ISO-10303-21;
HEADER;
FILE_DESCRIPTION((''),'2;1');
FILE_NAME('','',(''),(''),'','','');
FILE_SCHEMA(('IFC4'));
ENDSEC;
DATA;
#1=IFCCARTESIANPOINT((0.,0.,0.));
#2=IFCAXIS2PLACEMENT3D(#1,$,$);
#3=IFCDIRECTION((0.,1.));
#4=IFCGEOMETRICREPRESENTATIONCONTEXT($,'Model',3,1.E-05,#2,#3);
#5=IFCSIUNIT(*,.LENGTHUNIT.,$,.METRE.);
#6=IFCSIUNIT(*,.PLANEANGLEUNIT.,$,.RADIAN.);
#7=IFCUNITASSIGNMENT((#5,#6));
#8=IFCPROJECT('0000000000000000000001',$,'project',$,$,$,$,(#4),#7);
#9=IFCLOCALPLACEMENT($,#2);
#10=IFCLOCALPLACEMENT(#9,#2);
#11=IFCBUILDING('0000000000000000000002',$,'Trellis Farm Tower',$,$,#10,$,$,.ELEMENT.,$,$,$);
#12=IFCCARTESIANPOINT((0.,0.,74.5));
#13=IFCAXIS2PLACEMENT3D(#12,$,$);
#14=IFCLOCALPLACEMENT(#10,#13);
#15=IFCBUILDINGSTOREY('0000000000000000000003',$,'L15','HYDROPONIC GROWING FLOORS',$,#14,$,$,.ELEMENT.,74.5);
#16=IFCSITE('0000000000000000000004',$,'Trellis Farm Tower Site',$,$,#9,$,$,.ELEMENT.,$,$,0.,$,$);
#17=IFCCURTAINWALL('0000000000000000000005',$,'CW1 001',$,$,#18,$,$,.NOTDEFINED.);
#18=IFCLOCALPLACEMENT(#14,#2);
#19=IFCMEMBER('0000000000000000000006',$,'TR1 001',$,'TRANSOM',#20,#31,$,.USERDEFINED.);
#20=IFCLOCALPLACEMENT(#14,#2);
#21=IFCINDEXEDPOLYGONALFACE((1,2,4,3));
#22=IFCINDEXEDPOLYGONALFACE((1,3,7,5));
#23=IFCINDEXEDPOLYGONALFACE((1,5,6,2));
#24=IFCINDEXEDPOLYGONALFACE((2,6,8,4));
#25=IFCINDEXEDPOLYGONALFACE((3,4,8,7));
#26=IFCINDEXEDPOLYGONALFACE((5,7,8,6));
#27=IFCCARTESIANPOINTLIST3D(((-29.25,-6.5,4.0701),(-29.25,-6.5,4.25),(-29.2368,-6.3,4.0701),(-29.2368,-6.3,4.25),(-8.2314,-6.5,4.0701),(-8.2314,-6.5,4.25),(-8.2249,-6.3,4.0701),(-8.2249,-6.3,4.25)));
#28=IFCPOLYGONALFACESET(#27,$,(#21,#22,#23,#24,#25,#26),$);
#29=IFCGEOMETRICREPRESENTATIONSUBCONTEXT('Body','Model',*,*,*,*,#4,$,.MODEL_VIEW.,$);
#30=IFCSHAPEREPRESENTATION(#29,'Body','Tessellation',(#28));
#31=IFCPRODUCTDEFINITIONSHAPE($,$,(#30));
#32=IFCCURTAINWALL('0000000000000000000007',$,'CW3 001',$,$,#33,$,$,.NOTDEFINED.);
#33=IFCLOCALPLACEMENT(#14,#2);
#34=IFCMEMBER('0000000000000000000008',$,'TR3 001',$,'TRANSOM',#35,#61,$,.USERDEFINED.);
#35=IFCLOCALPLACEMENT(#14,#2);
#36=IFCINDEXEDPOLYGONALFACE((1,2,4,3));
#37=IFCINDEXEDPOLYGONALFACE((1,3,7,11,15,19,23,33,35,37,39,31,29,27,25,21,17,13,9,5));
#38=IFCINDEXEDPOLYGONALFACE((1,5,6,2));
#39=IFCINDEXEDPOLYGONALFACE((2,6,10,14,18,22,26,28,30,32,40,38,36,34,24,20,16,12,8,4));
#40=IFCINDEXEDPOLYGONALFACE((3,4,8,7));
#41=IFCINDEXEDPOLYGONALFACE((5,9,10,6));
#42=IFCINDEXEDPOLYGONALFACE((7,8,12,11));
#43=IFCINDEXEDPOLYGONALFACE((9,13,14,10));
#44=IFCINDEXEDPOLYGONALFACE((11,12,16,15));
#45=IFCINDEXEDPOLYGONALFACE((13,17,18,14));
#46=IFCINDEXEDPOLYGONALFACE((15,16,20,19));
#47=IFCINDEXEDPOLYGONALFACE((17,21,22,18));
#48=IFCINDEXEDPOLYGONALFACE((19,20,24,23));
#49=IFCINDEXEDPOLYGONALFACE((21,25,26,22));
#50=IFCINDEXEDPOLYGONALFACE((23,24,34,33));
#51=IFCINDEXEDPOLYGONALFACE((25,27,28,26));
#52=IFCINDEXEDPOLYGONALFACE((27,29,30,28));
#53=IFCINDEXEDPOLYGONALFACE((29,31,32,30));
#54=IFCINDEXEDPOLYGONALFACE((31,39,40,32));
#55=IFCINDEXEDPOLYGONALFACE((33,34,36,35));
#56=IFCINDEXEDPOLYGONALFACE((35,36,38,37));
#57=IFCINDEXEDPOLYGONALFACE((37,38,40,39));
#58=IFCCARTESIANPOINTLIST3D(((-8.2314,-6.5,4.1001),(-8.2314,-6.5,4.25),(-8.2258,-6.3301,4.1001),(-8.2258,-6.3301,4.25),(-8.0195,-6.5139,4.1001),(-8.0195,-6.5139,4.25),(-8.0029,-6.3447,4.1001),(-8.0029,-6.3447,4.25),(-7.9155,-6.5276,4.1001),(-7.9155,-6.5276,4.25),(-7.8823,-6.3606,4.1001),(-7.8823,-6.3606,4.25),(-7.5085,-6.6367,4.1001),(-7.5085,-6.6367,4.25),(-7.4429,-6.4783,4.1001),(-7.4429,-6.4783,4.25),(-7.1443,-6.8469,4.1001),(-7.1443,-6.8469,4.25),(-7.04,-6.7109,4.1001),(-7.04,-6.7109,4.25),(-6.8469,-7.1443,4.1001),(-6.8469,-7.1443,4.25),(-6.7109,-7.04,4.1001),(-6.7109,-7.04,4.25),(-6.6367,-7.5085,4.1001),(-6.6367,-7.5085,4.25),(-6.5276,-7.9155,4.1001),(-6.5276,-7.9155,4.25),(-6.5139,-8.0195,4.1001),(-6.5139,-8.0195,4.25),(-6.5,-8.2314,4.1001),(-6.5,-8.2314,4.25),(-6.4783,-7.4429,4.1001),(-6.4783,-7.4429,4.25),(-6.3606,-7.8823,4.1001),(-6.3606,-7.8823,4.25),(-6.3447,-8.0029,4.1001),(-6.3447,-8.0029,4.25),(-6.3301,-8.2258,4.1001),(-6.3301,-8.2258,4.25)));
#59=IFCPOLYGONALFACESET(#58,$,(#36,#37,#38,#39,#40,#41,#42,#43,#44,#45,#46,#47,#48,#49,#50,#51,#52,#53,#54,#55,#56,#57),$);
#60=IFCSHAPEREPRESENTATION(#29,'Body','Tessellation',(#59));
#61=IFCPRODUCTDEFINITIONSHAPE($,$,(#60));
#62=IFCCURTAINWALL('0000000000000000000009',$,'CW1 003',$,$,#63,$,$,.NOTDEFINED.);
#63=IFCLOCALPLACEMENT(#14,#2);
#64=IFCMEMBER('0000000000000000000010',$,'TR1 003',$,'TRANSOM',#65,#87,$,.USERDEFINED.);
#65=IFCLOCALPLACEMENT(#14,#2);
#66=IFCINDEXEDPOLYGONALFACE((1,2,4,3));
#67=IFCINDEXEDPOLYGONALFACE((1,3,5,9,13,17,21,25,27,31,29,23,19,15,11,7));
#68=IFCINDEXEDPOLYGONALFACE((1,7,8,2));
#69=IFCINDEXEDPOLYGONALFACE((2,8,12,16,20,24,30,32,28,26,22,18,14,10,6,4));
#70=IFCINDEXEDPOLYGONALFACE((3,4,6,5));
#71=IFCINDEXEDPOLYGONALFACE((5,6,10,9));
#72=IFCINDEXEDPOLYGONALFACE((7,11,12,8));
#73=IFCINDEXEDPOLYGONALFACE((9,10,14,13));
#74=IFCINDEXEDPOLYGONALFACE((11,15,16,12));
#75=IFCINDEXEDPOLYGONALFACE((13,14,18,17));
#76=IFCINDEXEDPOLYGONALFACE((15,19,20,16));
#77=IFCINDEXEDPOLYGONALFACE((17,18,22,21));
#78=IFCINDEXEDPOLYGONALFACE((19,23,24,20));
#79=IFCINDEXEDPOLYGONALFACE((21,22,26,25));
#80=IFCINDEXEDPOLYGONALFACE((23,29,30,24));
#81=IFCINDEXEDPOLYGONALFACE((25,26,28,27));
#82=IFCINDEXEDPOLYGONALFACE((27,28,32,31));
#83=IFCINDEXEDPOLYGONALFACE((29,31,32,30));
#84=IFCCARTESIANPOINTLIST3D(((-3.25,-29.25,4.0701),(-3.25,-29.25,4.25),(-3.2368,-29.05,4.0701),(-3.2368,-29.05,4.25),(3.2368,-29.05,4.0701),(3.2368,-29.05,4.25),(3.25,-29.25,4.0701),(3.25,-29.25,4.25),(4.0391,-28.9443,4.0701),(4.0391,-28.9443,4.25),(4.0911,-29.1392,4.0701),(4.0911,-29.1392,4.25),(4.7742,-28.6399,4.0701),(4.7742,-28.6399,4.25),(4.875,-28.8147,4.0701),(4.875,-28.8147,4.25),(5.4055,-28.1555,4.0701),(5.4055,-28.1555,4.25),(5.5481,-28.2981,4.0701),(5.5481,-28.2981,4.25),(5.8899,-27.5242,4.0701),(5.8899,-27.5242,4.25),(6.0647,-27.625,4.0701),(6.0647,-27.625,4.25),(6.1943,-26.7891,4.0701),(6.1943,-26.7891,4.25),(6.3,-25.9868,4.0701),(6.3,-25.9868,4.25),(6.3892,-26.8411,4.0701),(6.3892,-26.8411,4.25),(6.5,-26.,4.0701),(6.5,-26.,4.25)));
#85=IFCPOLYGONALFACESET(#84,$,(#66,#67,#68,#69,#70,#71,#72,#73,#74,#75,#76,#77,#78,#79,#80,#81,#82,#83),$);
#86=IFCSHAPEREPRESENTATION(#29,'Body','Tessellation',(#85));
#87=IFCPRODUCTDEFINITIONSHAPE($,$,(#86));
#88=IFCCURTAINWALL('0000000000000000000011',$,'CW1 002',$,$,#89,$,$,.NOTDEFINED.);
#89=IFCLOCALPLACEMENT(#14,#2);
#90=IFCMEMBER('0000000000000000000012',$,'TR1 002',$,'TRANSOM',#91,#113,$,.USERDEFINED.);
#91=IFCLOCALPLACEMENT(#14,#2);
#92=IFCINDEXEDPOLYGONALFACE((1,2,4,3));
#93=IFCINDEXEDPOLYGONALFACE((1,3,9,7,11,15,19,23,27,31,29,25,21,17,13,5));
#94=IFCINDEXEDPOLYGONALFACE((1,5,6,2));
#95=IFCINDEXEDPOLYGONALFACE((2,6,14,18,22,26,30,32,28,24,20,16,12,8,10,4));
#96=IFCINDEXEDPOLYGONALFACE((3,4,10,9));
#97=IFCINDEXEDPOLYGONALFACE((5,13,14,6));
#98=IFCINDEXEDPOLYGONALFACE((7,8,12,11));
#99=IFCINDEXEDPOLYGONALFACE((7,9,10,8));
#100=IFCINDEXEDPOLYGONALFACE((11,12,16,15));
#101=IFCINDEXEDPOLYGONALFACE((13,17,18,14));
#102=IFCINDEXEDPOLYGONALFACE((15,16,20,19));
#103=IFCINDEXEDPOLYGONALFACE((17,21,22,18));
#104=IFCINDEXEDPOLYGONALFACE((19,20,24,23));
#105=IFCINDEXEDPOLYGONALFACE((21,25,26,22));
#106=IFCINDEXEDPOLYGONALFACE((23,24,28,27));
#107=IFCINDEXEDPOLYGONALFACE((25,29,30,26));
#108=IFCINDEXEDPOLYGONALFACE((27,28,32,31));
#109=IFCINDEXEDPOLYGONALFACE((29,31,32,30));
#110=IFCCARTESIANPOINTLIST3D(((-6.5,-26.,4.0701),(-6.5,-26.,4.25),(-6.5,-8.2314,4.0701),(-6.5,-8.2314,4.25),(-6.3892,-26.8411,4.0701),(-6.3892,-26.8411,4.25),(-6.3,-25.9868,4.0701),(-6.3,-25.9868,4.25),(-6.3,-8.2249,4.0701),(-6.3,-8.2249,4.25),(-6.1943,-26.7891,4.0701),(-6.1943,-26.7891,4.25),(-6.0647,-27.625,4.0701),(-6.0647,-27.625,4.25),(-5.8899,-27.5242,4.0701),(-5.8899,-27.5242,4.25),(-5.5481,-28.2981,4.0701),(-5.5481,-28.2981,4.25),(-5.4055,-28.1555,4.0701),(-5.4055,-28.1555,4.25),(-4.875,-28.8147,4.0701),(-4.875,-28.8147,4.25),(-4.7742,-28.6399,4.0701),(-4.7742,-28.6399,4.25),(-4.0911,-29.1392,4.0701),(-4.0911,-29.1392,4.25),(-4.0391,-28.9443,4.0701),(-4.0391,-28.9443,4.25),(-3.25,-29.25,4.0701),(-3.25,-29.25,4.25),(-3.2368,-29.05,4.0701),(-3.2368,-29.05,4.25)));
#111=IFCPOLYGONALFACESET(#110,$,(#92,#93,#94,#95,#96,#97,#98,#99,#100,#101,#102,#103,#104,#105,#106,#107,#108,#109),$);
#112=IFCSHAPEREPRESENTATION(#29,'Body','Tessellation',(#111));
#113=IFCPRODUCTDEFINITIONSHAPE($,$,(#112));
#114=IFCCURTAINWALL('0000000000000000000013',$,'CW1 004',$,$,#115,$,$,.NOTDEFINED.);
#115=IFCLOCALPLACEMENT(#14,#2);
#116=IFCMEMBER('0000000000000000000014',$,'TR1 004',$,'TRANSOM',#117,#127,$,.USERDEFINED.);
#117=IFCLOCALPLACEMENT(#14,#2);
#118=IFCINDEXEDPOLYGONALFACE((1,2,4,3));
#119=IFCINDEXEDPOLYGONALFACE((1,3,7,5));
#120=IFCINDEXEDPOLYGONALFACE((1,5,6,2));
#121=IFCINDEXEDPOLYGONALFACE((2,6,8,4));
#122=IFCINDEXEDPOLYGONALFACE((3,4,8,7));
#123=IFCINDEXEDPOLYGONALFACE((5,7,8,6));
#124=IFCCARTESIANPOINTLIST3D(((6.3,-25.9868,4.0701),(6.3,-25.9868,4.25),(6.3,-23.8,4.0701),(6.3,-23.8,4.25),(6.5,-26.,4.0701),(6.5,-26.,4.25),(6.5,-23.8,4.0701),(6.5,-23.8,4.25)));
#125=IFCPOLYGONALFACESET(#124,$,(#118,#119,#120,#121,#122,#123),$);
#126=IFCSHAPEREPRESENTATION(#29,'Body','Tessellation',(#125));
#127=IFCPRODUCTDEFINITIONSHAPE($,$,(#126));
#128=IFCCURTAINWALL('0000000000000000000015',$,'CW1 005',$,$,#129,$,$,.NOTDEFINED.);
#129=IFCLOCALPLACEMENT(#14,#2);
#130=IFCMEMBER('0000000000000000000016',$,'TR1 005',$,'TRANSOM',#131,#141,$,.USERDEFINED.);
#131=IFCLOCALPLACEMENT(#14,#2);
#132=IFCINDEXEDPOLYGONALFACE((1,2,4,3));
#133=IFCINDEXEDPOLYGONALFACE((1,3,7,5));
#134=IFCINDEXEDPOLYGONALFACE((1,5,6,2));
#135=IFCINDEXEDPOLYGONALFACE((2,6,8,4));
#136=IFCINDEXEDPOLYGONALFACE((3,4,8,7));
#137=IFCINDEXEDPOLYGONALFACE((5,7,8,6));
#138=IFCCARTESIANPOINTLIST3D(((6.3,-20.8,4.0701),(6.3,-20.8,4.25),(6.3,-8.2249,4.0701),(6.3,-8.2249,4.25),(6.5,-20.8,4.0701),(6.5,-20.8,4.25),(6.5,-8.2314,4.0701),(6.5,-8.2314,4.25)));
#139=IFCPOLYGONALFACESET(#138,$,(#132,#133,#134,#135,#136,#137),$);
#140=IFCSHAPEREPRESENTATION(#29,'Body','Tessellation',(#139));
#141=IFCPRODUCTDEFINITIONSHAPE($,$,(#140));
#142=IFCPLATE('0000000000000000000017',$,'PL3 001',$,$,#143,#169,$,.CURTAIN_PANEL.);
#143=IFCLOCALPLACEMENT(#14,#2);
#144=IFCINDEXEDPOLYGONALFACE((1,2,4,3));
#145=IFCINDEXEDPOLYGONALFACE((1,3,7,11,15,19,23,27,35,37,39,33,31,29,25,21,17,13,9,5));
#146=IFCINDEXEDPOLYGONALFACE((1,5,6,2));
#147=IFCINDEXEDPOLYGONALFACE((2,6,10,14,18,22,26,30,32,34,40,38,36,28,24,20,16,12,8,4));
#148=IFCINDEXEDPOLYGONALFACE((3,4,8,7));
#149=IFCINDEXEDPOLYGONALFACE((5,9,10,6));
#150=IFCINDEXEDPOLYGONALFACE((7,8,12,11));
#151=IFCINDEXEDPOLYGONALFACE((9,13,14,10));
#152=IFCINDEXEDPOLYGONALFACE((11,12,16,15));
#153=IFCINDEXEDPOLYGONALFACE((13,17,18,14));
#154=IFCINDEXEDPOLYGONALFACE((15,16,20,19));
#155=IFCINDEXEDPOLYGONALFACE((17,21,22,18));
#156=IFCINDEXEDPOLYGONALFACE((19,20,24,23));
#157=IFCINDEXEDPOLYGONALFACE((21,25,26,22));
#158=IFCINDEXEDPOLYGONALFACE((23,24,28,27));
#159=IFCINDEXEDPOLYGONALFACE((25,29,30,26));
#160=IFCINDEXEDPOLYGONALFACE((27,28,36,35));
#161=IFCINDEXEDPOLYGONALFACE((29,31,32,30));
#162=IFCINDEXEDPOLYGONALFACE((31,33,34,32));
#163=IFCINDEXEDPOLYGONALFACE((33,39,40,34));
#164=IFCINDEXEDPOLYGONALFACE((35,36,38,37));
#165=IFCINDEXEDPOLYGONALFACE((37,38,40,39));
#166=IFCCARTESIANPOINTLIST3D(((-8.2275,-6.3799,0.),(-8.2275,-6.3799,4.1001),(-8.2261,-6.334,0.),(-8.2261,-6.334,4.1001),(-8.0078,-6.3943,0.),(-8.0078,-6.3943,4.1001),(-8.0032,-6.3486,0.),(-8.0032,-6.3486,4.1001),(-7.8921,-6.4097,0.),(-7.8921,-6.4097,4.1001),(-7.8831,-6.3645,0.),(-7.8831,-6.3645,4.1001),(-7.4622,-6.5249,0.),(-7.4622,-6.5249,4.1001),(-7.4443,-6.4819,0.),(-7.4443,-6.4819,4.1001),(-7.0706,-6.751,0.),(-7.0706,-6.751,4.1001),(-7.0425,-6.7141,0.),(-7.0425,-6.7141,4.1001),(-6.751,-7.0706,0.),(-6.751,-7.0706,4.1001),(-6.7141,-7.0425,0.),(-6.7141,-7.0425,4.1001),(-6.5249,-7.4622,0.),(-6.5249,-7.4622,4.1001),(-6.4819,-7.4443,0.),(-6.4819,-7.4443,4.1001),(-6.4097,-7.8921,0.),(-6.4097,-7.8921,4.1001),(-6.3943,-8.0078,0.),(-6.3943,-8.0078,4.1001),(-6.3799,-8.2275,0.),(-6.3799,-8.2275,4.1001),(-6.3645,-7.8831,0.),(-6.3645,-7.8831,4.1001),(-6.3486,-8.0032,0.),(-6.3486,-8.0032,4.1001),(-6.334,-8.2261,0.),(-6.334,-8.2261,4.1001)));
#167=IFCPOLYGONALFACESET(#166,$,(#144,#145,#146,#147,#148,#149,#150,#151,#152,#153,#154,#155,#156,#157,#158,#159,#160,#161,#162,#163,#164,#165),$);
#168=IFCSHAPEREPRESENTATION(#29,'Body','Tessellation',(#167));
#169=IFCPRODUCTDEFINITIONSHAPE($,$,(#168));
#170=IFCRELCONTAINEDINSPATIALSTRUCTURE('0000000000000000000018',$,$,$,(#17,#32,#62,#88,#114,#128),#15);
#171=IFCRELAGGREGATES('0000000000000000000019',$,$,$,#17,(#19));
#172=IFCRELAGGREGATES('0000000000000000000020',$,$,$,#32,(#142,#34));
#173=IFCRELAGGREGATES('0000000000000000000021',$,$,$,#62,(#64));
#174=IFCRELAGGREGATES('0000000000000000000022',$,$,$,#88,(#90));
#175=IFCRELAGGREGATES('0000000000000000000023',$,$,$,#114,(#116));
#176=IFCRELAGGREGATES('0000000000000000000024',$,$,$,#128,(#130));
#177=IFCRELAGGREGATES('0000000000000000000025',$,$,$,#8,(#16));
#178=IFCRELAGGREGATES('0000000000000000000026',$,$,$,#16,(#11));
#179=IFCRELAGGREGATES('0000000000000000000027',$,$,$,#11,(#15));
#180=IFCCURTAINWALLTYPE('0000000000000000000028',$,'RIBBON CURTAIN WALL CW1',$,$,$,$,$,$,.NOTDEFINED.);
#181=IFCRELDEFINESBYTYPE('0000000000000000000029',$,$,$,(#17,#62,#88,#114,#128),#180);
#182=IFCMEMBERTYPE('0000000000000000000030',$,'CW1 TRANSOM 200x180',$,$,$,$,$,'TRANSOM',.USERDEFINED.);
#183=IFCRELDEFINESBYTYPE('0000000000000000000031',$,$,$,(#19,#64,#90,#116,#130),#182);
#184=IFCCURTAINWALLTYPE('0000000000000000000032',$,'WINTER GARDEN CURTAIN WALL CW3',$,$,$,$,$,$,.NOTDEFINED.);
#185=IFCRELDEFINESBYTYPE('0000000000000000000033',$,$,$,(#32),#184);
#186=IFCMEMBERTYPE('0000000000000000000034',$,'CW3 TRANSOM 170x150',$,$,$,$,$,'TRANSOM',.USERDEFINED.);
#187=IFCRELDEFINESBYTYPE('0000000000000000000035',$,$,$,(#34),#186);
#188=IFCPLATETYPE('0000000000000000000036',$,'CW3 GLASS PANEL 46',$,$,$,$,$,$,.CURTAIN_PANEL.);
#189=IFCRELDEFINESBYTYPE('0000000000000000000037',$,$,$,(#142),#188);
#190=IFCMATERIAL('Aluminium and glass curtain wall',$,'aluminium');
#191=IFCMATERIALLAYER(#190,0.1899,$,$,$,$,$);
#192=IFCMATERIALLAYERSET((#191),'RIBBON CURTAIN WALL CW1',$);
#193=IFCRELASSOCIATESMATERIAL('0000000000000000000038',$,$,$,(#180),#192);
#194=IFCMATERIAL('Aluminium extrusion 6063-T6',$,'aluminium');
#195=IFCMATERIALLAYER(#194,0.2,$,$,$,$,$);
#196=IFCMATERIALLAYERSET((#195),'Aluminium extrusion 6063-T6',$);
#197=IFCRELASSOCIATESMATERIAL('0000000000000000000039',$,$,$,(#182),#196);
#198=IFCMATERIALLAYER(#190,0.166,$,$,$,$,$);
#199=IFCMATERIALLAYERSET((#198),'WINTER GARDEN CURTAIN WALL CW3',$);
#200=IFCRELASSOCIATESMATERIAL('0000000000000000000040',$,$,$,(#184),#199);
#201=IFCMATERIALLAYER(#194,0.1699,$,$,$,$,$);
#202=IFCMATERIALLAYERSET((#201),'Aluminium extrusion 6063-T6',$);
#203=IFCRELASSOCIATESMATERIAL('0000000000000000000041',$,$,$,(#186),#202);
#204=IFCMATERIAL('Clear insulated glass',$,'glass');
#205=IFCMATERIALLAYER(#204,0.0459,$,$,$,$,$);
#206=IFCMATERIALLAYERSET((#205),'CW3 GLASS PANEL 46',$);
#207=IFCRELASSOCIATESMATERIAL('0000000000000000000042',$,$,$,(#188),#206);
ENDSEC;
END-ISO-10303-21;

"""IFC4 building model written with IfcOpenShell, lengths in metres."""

from ifc_helpers import new_model, si_unit, direction, frame, origin, place, context, subcontext, project, spatial, polyline, outline, extrude, source, transform, mapped, material, layer, layer_set, type_object, element, aggregate, save


model = new_model("IFC4")

# Units and contexts
model_context = context("Model", 3, precision=1e-05, world=origin(), true_north=direction((0.0, 1.0)))
body_context = subcontext(model_context, "Body", "Model", "MODEL_VIEW")
ifc_project = project(units=[si_unit("LENGTHUNIT", "METRE"), si_unit("PLANEANGLEUNIT", "RADIAN")], contexts=[model_context])

# Site, building, storey
site_placement = place(None, origin())
site = spatial("IfcSite", under=ifc_project, at=site_placement, Name="Trellis Farm Tower Site", CompositionType="ELEMENT", RefElevation=0.0)
building_placement = place(site_placement, origin())
building = spatial("IfcBuilding", under=site, at=building_placement, Name="Trellis Farm Tower", CompositionType="ELEMENT")
storey_placement = place(building_placement, frame((0.0, 0.0, 74.5)))
storey = spatial("IfcBuildingStorey", under=building, at=storey_placement, Name="L15", Description="HYDROPONIC GROWING FLOORS", CompositionType="ELEMENT", Elevation=74.5)

# Curtain walls, members
ifc_material_1 = material(Name="Aluminium and glass curtain wall", Category="aluminium")
ifc_layer_1 = layer(ifc_material_1, 0.1899)
ifc_layer_set_1 = layer_set([ifc_layer_1], Name="RIBBON CURTAIN WALL CW1")
curtain_wall_type_1 = type_object("IfcCurtainWallType", Name="RIBBON CURTAIN WALL CW1", PredefinedType="NOTDEFINED", material=ifc_layer_set_1)
placement_1 = place(storey_placement, origin())
curtain_wall_1 = element("IfcCurtainWall", 1, at=placement_1, inside=storey, type_object=curtain_wall_type_1, Name="CW1 001", PredefinedType="NOTDEFINED")
ifc_material_2 = material(Name="Aluminium extrusion 6063-T6", Category="aluminium")
ifc_layer_2 = layer(ifc_material_2, 0.2)
ifc_layer_set_2 = layer_set([ifc_layer_2], Name="Aluminium extrusion 6063-T6")
member_type_1 = type_object("IfcMemberType", Name="CW1 TRANSOM 200x180", ElementType="TRANSOM", PredefinedType="USERDEFINED", material=ifc_layer_set_2)
shared_shape_1 = source(origin(), body_context, "Body", "SweptSolid", [
    extrude(outline(polyline([(-29.25, -6.5), (-8.2314, -6.5), (-8.2249, -6.3), (-29.2368, -6.3), (-29.25, -6.5)])), origin(), (0.0, 0.0, 1.0), 0.1799),
])
placement_2 = place(storey_placement, frame((0.0, 0.0, 4.0701)))
member_1 = element("IfcMember", 2, at=placement_2, type_object=member_type_1, Name="TR1 001", ObjectType="TRANSOM", PredefinedType="USERDEFINED", context=body_context, shape_type="MappedRepresentation", body=[
    mapped(shared_shape_1, transform((0.0, 0.0, 0.0))),
])
aggregate(curtain_wall_1, [member_1])
ifc_layer_3 = layer(ifc_material_1, 0.166)
ifc_layer_set_3 = layer_set([ifc_layer_3], Name="WINTER GARDEN CURTAIN WALL CW3")
curtain_wall_type_2 = type_object("IfcCurtainWallType", Name="WINTER GARDEN CURTAIN WALL CW3", PredefinedType="NOTDEFINED", material=ifc_layer_set_3)
curtain_wall_2 = element("IfcCurtainWall", 3, at=placement_1, inside=storey, type_object=curtain_wall_type_2, Name="CW3 001", PredefinedType="NOTDEFINED")
ifc_layer_4 = layer(ifc_material_2, 0.1699)
ifc_layer_set_4 = layer_set([ifc_layer_4], Name="Aluminium extrusion 6063-T6")
member_type_2 = type_object("IfcMemberType", Name="CW3 TRANSOM 170x150", ElementType="TRANSOM", PredefinedType="USERDEFINED", material=ifc_layer_set_4)
shared_shape_2 = source(origin(), body_context, "Body", "SweptSolid", [
    extrude(outline(polyline([(-8.2314, -6.5), (-8.0195, -6.5139), (-7.9155, -6.5276), (-7.5085, -6.6367), (-7.1443, -6.8469), (-6.8469, -7.1443), (-6.6367, -7.5085), (-6.5276, -7.9155), (-6.5139, -8.0195), (-6.5, -8.2314), (-6.3301, -8.2258), (-6.3447, -8.0029), (-6.3606, -7.8823), (-6.4783, -7.4429), (-6.7109, -7.04), (-7.04, -6.7109), (-7.4429, -6.4783), (-7.8823, -6.3606), (-8.0029, -6.3447), (-8.2258, -6.3301), (-8.2314, -6.5)])), origin(), (0.0, 0.0, 1.0), 0.1499),
])
member_2_placement = place(storey_placement, frame((0.0, 0.0, 4.1001)))
member_2 = element("IfcMember", 4, at=member_2_placement, type_object=member_type_2, Name="TR3 001", ObjectType="TRANSOM", PredefinedType="USERDEFINED", context=body_context, shape_type="MappedRepresentation", body=[
    mapped(shared_shape_2, transform((0.0, 0.0, 0.0))),
])
curtain_wall_3 = element("IfcCurtainWall", 5, at=placement_1, inside=storey, type_object=curtain_wall_type_1, Name="CW1 003", PredefinedType="NOTDEFINED")
shared_shape_3 = source(origin(), body_context, "Body", "SweptSolid", [
    extrude(outline(polyline([(-3.25, -29.25), (3.25, -29.25), (4.0911, -29.1392), (4.875, -28.8147), (5.5481, -28.2981), (6.0647, -27.625), (6.3892, -26.8411), (6.5, -26.0), (6.3, -25.9868), (6.1943, -26.7891), (5.8899, -27.5242), (5.4055, -28.1555), (4.7742, -28.6399), (4.0391, -28.9443), (3.2368, -29.05), (-3.2368, -29.05), (-3.25, -29.25)])), origin(), (0.0, 0.0, 1.0), 0.1799),
])
member_3 = element("IfcMember", 6, at=placement_2, type_object=member_type_1, Name="TR1 003", ObjectType="TRANSOM", PredefinedType="USERDEFINED", context=body_context, shape_type="MappedRepresentation", body=[
    mapped(shared_shape_3, transform((0.0, 0.0, 0.0))),
])
curtain_wall_4 = element("IfcCurtainWall", 7, at=placement_1, inside=storey, type_object=curtain_wall_type_1, Name="CW1 002", PredefinedType="NOTDEFINED")
shared_shape_4 = source(origin(), body_context, "Body", "SweptSolid", [
    extrude(outline(polyline([(-6.5, -8.2314), (-6.5, -26.0), (-6.3892, -26.8411), (-6.0647, -27.625), (-5.5481, -28.2981), (-4.875, -28.8147), (-4.0911, -29.1392), (-3.25, -29.25), (-3.2368, -29.05), (-4.0391, -28.9443), (-4.7742, -28.6399), (-5.4055, -28.1555), (-5.8899, -27.5242), (-6.1943, -26.7891), (-6.3, -25.9868), (-6.3, -8.2249), (-6.5, -8.2314)])), origin(), (0.0, 0.0, 1.0), 0.1799),
])
member_4 = element("IfcMember", 8, at=placement_2, type_object=member_type_1, Name="TR1 002", ObjectType="TRANSOM", PredefinedType="USERDEFINED", context=body_context, shape_type="MappedRepresentation", body=[
    mapped(shared_shape_4, transform((0.0, 0.0, 0.0))),
])
curtain_wall_5 = element("IfcCurtainWall", 9, at=placement_1, inside=storey, type_object=curtain_wall_type_1, Name="CW1 004", PredefinedType="NOTDEFINED")
shared_shape_5 = source(origin(), body_context, "Body", "SweptSolid", [
    extrude(outline(polyline([(6.5, -26.0), (6.5, -23.8), (6.3, -23.8), (6.3, -25.9868), (6.5, -26.0)])), origin(), (0.0, 0.0, 1.0), 0.1799),
])
member_5 = element("IfcMember", 10, at=placement_2, type_object=member_type_1, Name="TR1 004", ObjectType="TRANSOM", PredefinedType="USERDEFINED", context=body_context, shape_type="MappedRepresentation", body=[
    mapped(shared_shape_5, transform((0.0, 0.0, 0.0))),
])
curtain_wall_6 = element("IfcCurtainWall", 11, at=placement_1, inside=storey, type_object=curtain_wall_type_1, Name="CW1 005", PredefinedType="NOTDEFINED")
shared_shape_6 = source(origin(), body_context, "Body", "SweptSolid", [
    extrude(outline(polyline([(6.5, -20.8), (6.5, -8.2314), (6.3, -8.2249), (6.3, -20.8), (6.5, -20.8)])), origin(), (0.0, 0.0, 1.0), 0.1799),
])
member_6 = element("IfcMember", 12, at=placement_2, type_object=member_type_1, Name="TR1 005", ObjectType="TRANSOM", PredefinedType="USERDEFINED", context=body_context, shape_type="MappedRepresentation", body=[
    mapped(shared_shape_6, transform((0.0, 0.0, 0.0))),
])

# Plate
ifc_material_3 = material(Name="Clear insulated glass", Category="glass")
ifc_layer_5 = layer(ifc_material_3, 0.0459)
ifc_layer_set_5 = layer_set([ifc_layer_5], Name="CW3 GLASS PANEL 46")
plate_type_1 = type_object("IfcPlateType", Name="CW3 GLASS PANEL 46", PredefinedType="CURTAIN_PANEL", material=ifc_layer_set_5)
shared_shape_7 = source(origin(), body_context, "Body", "SweptSolid", [
    extrude(outline(polyline([(-8.2275, -6.3799), (-8.0078, -6.3943), (-7.8921, -6.4097), (-7.4622, -6.5249), (-7.0706, -6.751), (-6.751, -7.0706), (-6.5249, -7.4622), (-6.4097, -7.8921), (-6.3943, -8.0078), (-6.3799, -8.2275), (-6.334, -8.2261), (-6.3486, -8.0032), (-6.3645, -7.8831), (-6.4819, -7.4443), (-6.7141, -7.0425), (-7.0425, -6.7141), (-7.4443, -6.4819), (-7.8831, -6.3645), (-8.0032, -6.3486), (-8.2261, -6.334), (-8.2275, -6.3799)])), origin(), (0.0, 0.0, 1.0), 4.1001),
])
plate_1 = element("IfcPlate", 13, at=placement_1, type_object=plate_type_1, Name="PL3 001", PredefinedType="CURTAIN_PANEL", context=body_context, shape_type="MappedRepresentation", body=[
    mapped(shared_shape_7, transform((0.0, 0.0, 0.0))),
])
aggregate(curtain_wall_2, [plate_1, member_2])
aggregate(curtain_wall_3, [member_3])
aggregate(curtain_wall_4, [member_4])
aggregate(curtain_wall_5, [member_5])
aggregate(curtain_wall_6, [member_6])

save(model, "model.ifc")
